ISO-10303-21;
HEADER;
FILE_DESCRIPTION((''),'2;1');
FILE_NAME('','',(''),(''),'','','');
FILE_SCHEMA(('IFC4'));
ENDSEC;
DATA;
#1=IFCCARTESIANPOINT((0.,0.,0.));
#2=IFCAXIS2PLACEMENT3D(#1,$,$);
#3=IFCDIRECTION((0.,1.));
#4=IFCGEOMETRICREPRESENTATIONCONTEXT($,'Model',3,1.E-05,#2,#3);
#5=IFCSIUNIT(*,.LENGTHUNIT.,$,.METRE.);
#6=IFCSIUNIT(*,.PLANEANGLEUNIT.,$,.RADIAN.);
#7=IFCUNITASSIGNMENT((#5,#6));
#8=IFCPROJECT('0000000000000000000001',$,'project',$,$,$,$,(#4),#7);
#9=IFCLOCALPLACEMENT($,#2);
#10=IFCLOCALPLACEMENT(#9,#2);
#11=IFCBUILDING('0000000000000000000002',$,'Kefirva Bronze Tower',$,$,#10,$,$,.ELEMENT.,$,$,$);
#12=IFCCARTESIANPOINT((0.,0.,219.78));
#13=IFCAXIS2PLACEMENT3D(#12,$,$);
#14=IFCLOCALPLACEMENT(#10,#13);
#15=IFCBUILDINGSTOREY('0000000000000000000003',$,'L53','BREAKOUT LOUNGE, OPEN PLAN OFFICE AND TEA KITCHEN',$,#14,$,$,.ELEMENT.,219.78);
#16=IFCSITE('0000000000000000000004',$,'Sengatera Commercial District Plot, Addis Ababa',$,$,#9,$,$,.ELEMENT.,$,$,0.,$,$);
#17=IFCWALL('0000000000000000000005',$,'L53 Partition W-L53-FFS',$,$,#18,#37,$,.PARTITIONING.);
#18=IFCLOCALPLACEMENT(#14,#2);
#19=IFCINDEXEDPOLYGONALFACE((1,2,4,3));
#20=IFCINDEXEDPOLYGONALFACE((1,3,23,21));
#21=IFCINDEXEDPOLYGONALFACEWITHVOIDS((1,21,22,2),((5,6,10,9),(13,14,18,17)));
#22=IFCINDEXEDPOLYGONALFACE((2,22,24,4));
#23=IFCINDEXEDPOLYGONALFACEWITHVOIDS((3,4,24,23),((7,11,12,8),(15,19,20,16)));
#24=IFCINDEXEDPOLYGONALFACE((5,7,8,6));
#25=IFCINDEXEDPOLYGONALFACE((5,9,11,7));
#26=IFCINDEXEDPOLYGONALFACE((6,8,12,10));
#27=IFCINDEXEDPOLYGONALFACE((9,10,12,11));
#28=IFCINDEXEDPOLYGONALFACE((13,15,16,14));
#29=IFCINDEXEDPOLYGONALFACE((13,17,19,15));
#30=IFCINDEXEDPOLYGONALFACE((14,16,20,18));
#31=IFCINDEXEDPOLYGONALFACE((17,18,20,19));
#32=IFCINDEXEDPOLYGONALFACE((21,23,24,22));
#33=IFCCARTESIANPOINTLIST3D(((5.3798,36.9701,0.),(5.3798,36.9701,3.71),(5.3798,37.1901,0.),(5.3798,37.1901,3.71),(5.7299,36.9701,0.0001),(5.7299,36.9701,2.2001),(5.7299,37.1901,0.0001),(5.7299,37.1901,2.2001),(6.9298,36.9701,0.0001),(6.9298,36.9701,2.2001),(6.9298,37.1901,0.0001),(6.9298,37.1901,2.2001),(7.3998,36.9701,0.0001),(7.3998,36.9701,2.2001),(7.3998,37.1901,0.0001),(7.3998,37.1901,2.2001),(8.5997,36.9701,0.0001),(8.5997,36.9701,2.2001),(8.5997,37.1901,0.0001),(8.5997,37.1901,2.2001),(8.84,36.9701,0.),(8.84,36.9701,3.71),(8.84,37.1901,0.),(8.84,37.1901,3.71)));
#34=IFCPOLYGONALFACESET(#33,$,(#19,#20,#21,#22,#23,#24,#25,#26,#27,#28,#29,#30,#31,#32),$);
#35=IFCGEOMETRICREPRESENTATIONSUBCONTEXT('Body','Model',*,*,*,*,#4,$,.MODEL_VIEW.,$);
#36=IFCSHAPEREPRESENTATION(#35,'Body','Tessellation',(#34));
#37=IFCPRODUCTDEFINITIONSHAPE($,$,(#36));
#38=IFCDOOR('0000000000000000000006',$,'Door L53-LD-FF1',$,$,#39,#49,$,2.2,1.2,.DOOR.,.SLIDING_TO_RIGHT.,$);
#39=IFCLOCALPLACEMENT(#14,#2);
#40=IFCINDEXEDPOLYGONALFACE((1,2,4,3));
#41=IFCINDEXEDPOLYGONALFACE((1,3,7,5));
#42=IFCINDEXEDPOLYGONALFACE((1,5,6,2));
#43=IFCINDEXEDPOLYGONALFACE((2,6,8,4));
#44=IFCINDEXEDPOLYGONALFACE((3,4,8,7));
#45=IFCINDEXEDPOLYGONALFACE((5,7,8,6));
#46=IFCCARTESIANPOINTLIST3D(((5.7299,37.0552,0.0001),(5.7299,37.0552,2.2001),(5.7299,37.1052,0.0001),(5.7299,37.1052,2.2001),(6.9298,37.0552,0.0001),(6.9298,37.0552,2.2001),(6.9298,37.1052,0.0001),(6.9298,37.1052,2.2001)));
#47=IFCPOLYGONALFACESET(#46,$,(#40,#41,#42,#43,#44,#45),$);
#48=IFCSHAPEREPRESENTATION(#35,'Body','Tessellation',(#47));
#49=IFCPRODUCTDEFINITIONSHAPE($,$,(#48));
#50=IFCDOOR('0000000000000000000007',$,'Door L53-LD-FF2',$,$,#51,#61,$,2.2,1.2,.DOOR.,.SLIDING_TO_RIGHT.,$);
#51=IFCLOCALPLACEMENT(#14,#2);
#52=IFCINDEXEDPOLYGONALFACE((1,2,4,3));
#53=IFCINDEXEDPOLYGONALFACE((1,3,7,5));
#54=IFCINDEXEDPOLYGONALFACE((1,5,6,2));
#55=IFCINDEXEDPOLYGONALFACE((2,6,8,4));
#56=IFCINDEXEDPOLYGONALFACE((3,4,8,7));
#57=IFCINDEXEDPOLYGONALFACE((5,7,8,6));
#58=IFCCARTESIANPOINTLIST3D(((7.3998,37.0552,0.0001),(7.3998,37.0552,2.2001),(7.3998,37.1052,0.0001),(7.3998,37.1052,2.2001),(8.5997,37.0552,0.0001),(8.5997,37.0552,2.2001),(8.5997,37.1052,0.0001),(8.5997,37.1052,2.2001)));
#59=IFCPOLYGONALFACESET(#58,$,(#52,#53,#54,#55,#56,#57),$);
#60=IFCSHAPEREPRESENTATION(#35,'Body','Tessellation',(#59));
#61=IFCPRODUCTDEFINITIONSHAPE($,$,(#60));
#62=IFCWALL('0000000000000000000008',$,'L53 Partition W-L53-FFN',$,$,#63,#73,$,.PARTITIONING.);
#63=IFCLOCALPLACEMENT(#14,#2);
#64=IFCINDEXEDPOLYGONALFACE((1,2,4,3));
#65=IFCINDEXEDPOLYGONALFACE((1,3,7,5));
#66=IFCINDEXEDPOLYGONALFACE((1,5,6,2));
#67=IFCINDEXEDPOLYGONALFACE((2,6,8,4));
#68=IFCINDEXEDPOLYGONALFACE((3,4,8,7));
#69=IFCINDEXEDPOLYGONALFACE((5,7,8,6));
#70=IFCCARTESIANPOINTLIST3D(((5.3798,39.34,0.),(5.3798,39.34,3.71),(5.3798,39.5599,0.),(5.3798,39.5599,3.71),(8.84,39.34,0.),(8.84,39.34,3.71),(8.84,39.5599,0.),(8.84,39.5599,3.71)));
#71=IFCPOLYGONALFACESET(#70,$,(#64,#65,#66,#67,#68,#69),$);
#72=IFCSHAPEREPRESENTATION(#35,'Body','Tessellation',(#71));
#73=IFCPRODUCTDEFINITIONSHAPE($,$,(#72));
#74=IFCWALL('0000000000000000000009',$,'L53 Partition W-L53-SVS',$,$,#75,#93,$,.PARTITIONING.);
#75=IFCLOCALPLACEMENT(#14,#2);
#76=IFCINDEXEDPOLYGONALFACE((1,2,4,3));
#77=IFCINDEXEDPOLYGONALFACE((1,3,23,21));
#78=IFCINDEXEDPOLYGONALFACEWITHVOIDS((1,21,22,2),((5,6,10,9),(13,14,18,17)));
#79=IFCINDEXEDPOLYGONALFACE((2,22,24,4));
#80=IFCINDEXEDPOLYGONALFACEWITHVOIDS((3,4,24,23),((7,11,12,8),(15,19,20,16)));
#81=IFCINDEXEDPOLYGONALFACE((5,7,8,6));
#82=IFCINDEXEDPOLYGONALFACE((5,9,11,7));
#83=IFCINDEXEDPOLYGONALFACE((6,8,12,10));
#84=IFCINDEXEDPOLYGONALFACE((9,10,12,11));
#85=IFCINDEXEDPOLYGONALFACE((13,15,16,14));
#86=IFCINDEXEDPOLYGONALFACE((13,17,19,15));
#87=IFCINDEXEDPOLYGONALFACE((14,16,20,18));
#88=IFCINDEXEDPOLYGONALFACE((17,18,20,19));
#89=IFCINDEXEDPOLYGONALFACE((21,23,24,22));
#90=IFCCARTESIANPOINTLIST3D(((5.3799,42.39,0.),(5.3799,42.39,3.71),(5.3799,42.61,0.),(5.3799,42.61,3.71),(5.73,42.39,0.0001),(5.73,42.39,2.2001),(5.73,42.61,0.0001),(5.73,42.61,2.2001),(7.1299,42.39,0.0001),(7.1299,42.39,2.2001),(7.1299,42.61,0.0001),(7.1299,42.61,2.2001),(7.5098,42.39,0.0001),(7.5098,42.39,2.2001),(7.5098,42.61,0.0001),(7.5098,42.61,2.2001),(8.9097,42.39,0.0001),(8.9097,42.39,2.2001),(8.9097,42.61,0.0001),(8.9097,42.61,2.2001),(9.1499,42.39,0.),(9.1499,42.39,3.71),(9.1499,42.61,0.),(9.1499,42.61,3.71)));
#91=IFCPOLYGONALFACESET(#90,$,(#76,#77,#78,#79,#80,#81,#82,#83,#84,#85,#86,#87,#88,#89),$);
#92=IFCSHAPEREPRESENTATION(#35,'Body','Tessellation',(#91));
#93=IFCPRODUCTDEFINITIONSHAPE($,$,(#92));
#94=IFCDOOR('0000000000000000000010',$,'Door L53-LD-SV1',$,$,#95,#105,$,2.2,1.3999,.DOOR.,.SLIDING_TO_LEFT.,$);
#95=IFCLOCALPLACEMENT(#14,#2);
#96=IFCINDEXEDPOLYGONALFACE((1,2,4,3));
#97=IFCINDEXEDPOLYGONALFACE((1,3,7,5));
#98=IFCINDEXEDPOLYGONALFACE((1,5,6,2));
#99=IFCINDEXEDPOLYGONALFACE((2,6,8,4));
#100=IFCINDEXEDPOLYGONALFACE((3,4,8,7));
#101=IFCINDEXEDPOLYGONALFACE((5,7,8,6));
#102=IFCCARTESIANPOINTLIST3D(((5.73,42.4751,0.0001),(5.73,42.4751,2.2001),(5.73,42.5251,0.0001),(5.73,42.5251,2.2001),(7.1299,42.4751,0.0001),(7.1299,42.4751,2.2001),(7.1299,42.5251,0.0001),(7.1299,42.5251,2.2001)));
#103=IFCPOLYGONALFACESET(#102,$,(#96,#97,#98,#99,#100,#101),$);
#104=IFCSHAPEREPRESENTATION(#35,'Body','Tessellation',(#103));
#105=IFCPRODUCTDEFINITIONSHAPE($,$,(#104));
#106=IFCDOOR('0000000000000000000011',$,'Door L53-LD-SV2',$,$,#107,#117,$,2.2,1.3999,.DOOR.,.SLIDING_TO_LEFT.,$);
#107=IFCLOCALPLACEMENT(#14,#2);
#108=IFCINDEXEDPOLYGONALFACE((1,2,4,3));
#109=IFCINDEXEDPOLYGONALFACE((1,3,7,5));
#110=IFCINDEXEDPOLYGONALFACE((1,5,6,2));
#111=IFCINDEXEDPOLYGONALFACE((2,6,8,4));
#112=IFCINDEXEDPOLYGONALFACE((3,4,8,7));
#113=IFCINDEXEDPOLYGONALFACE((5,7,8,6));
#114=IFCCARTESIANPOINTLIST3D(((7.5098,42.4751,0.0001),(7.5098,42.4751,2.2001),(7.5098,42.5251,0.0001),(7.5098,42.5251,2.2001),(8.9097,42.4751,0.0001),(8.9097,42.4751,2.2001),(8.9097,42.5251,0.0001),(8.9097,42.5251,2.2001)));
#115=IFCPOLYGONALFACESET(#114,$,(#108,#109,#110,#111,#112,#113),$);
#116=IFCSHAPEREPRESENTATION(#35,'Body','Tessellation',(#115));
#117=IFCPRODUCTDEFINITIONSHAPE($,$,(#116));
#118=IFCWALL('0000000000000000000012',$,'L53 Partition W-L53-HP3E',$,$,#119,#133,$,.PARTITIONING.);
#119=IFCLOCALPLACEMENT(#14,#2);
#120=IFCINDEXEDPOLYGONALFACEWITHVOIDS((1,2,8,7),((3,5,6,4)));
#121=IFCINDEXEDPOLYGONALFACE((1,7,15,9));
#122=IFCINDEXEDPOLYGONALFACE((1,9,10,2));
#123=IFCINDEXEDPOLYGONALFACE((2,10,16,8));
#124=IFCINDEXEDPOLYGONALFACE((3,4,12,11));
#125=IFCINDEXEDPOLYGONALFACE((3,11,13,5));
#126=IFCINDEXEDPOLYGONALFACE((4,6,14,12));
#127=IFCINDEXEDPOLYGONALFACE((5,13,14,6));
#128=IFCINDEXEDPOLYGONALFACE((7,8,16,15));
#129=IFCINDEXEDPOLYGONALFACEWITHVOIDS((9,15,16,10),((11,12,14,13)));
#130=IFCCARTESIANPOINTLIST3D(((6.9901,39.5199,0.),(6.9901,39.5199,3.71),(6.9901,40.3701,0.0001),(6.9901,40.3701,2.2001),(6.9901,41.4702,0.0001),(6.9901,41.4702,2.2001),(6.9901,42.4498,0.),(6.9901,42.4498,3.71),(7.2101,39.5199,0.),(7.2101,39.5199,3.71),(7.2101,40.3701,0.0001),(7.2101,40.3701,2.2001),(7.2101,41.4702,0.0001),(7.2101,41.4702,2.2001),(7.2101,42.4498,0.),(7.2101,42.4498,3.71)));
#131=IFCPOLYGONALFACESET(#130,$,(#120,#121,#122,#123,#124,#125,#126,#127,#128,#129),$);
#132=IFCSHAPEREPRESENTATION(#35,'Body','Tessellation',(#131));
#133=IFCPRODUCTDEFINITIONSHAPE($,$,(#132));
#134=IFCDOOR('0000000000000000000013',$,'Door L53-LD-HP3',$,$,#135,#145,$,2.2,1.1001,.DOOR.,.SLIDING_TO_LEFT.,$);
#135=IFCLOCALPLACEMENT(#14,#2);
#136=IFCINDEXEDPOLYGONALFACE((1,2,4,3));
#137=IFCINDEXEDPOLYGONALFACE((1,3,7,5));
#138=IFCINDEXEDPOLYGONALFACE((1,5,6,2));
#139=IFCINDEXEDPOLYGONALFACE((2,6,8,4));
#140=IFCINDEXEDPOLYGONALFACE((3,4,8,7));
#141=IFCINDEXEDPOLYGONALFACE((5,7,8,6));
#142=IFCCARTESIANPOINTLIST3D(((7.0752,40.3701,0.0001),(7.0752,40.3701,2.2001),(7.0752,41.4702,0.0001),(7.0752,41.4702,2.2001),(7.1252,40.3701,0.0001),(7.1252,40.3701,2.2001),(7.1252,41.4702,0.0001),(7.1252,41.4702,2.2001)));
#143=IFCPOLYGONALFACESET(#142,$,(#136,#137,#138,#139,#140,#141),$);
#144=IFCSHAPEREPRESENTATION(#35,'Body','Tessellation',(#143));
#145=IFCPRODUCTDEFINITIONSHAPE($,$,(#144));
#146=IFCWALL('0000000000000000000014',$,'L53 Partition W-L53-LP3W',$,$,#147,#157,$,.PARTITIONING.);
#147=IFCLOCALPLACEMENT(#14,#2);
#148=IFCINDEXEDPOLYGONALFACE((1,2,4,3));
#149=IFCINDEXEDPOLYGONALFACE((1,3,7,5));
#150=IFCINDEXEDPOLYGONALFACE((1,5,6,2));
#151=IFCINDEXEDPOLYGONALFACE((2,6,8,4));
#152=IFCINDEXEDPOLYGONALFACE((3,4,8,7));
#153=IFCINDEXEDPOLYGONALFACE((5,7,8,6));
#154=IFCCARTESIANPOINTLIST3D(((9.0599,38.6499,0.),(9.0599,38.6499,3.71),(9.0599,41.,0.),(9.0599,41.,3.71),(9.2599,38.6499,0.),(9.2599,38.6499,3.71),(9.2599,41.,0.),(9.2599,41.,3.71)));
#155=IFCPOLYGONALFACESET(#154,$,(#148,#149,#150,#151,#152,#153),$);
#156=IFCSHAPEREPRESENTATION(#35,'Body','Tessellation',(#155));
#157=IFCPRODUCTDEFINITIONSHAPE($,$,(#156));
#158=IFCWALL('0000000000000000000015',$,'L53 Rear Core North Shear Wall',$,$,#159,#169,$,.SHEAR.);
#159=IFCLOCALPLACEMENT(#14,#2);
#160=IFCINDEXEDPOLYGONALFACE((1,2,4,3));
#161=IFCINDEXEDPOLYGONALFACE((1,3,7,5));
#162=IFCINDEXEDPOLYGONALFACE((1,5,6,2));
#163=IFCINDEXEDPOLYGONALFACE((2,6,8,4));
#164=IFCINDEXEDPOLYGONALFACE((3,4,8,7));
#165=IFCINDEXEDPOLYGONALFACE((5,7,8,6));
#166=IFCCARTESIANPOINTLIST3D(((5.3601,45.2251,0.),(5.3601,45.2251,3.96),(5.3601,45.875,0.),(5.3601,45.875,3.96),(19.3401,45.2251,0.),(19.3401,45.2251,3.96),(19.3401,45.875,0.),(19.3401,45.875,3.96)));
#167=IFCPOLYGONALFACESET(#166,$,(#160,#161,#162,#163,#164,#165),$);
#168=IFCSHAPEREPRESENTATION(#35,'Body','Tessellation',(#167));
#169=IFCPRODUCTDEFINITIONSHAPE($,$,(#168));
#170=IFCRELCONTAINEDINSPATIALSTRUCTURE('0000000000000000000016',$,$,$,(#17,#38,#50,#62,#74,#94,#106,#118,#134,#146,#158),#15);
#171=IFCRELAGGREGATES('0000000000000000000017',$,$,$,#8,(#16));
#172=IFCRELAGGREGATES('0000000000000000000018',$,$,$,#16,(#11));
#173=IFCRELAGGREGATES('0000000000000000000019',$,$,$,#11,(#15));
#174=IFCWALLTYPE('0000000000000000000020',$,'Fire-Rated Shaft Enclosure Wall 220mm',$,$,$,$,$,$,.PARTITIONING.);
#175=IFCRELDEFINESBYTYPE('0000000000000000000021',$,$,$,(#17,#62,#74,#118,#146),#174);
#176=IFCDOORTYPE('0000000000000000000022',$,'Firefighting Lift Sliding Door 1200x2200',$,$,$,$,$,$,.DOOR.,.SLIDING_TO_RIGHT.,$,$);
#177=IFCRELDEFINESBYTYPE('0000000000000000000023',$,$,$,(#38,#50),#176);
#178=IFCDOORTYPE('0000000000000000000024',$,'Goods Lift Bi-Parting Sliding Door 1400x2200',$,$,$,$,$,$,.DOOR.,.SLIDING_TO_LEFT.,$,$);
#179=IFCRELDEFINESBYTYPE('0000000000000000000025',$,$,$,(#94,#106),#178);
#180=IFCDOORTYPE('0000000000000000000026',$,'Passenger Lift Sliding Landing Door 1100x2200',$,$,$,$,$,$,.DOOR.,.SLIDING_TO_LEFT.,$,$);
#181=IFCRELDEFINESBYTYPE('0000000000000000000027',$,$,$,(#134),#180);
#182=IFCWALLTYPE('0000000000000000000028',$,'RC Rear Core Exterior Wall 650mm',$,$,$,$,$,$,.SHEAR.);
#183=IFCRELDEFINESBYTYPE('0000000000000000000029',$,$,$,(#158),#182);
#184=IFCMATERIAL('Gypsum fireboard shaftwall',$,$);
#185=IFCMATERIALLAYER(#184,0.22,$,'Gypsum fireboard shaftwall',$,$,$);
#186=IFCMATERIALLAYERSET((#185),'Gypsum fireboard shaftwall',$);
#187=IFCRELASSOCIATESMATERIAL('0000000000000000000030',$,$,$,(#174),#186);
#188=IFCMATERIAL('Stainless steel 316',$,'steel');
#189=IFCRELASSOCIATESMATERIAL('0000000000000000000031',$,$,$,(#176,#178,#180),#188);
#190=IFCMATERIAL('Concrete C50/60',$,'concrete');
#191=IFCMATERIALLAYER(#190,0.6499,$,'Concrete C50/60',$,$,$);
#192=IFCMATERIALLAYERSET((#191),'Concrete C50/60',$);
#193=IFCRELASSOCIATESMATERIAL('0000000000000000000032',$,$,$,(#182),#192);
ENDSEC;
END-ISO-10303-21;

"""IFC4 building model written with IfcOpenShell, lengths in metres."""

from ifc_helpers import new_model, si_unit, direction, frame, frame_2d, origin, place, context, subcontext, project, spatial, rectangle, extrude, material, layer, layer_set, type_object, element, fill, save


model = new_model("IFC4")

# Units and contexts
model_context = context("Model", 3, precision=1e-05, world=origin(), true_north=direction((0.0, 1.0)))
body_context = subcontext(model_context, "Body", "Model", "MODEL_VIEW")
ifc_project = project(units=[si_unit("LENGTHUNIT", "METRE"), si_unit("PLANEANGLEUNIT", "RADIAN")], contexts=[model_context])

# Site, building, storey
site_placement = place(None, origin())
site = spatial("IfcSite", under=ifc_project, at=site_placement, Name="Sengatera Commercial District Plot, Addis Ababa", CompositionType="ELEMENT", RefElevation=0.0)
building_placement = place(site_placement, origin())
building = spatial("IfcBuilding", under=site, at=building_placement, Name="Kefirva Bronze Tower", CompositionType="ELEMENT")
storey_placement = place(building_placement, frame((0.0, 0.0, 219.78)))
storey = spatial("IfcBuildingStorey", under=building, at=storey_placement, Name="L53", Description="BREAKOUT LOUNGE, OPEN PLAN OFFICE AND TEA KITCHEN", CompositionType="ELEMENT", Elevation=219.78)

# Wall, openings, doors
ifc_material_1 = material(Name="Gypsum fireboard shaftwall")
ifc_layer_1 = layer(ifc_material_1, 0.22, Name="Gypsum fireboard shaftwall")
ifc_layer_set_1 = layer_set([ifc_layer_1], Name="Gypsum fireboard shaftwall")
wall_type_1 = type_object("IfcWallType", Name="Fire-Rated Shaft Enclosure Wall 220mm", PredefinedType="PARTITIONING", material=ifc_layer_set_1)
wall_1_placement = place(storey_placement, frame((5.3799, 37.0801, 0.0), z_axis=(0.0, 0.0, 1.0), x_axis=(1.0, 0.0, 0.0)))
wall_1 = element("IfcWall", 1, at=wall_1_placement, inside=storey, type_object=wall_type_1, Name="L53 Partition W-L53-FFS", PredefinedType="PARTITIONING", context=body_context, shape_type="SweptSolid", body=[
    extrude(rectangle(XDim=3.4602, YDim=0.22, at=frame_2d((1.73, 0.0))), origin(), (0.0, 0.0, 1.0), 3.71),
])
opening_1_placement = place(wall_1_placement, frame((1.55, 0.0, 0.0), z_axis=(0.0, 0.0, 1.0), x_axis=(-1.0, 0.0, 0.0)))
opening_1 = element("IfcOpeningElement", 2, at=opening_1_placement, cuts=wall_1, PredefinedType="OPENING", context=body_context, shape_type="SweptSolid", body=[
    extrude(rectangle(XDim=1.2, YDim=2.2, at=frame_2d((0.6001, 1.1001))), frame((0.0, 0.1201, 0.0), z_axis=(0.0, -1.0, 0.0), x_axis=(1.0, 0.0, 0.0)), (0.0, 0.0, 1.0), 0.24),
])
opening_2_placement = place(wall_1_placement, frame((3.22, 0.0, 0.0), z_axis=(0.0, 0.0, 1.0), x_axis=(-1.0, 0.0, 0.0)))
opening_2 = element("IfcOpeningElement", 3, at=opening_2_placement, cuts=wall_1, PredefinedType="OPENING", context=body_context, shape_type="SweptSolid", body=[
    extrude(rectangle(XDim=1.2, YDim=2.2, at=frame_2d((0.6001, 1.1001))), frame((0.0, 0.1201, 0.0), z_axis=(0.0, -1.0, 0.0), x_axis=(1.0, 0.0, 0.0)), (0.0, 0.0, 1.0), 0.24),
])
ifc_material_2 = material(Name="Stainless steel 316", Category="steel")
door_type_1 = type_object("IfcDoorType", Name="Firefighting Lift Sliding Door 1200x2200", OperationType="SLIDING_TO_RIGHT", PredefinedType="DOOR", material=ifc_material_2)
door_1_placement = place(opening_1_placement, origin())
door_1 = element("IfcDoor", 4, at=door_1_placement, inside=storey, type_object=door_type_1, Name="Door L53-LD-FF1", OperationType="SLIDING_TO_RIGHT", OverallHeight=2.2, OverallWidth=1.2, PredefinedType="DOOR", context=body_context, shape_type="SweptSolid", body=[
    extrude(rectangle(XDim=1.2, YDim=2.2, at=frame_2d((0.6001, 1.1001))), frame((0.0, 0.0249, 0.0), z_axis=(0.0, -1.0, 0.0), x_axis=(1.0, 0.0, 0.0)), (0.0, 0.0, 1.0), 0.05),
])
fill(opening_1, door_1)
door_2_placement = place(opening_2_placement, origin())
door_2 = element("IfcDoor", 5, at=door_2_placement, inside=storey, type_object=door_type_1, Name="Door L53-LD-FF2", OperationType="SLIDING_TO_RIGHT", OverallHeight=2.2, OverallWidth=1.2, PredefinedType="DOOR", context=body_context, shape_type="SweptSolid", body=[
    extrude(rectangle(XDim=1.2, YDim=2.2, at=frame_2d((0.6001, 1.1001))), frame((0.0, 0.0249, 0.0), z_axis=(0.0, -1.0, 0.0), x_axis=(1.0, 0.0, 0.0)), (0.0, 0.0, 1.0), 0.05),
])
fill(opening_2, door_2)

# Wall
wall_2_placement = place(storey_placement, frame((5.3799, 39.45, 0.0), z_axis=(0.0, 0.0, 1.0), x_axis=(1.0, 0.0, 0.0)))
element("IfcWall", 6, at=wall_2_placement, inside=storey, type_object=wall_type_1, Name="L53 Partition W-L53-FFN", PredefinedType="PARTITIONING", context=body_context, shape_type="SweptSolid", body=[
    extrude(rectangle(XDim=3.4602, YDim=0.22, at=frame_2d((1.73, 0.0))), origin(), (0.0, 0.0, 1.0), 3.71),
])

# Wall, openings, doors
wall_3_placement = place(storey_placement, frame((5.3799, 42.5, 0.0), z_axis=(0.0, 0.0, 1.0), x_axis=(1.0, 0.0, 0.0)))
wall_3 = element("IfcWall", 7, at=wall_3_placement, inside=storey, type_object=wall_type_1, Name="L53 Partition W-L53-SVS", PredefinedType="PARTITIONING", context=body_context, shape_type="SweptSolid", body=[
    extrude(rectangle(XDim=3.77, YDim=0.22, at=frame_2d((1.885, 0.0))), origin(), (0.0, 0.0, 1.0), 3.71),
])
opening_3_placement = place(wall_3_placement, frame((1.75, 0.0, 0.0), z_axis=(0.0, 0.0, 1.0), x_axis=(-1.0, 0.0, 0.0)))
opening_3 = element("IfcOpeningElement", 8, at=opening_3_placement, cuts=wall_3, PredefinedType="OPENING", context=body_context, shape_type="SweptSolid", body=[
    extrude(rectangle(XDim=1.3999, YDim=2.2, at=frame_2d((0.7, 1.1001))), frame((0.0, 0.1201, 0.0), z_axis=(0.0, -1.0, 0.0), x_axis=(1.0, 0.0, 0.0)), (0.0, 0.0, 1.0), 0.24),
])
opening_4_placement = place(wall_3_placement, frame((3.5298, 0.0, 0.0), z_axis=(0.0, 0.0, 1.0), x_axis=(-1.0, 0.0, 0.0)))
opening_4 = element("IfcOpeningElement", 9, at=opening_4_placement, cuts=wall_3, PredefinedType="OPENING", context=body_context, shape_type="SweptSolid", body=[
    extrude(rectangle(XDim=1.3999, YDim=2.2, at=frame_2d((0.7, 1.1001))), frame((0.0, 0.1201, 0.0), z_axis=(0.0, -1.0, 0.0), x_axis=(1.0, 0.0, 0.0)), (0.0, 0.0, 1.0), 0.24),
])
door_type_2 = type_object("IfcDoorType", Name="Goods Lift Bi-Parting Sliding Door 1400x2200", OperationType="SLIDING_TO_LEFT", PredefinedType="DOOR", material=ifc_material_2)
door_3_placement = place(opening_3_placement, origin())
door_3 = element("IfcDoor", 10, at=door_3_placement, inside=storey, type_object=door_type_2, Name="Door L53-LD-SV1", OperationType="SLIDING_TO_LEFT", OverallHeight=2.2, OverallWidth=1.3999, PredefinedType="DOOR", context=body_context, shape_type="SweptSolid", body=[
    extrude(rectangle(XDim=1.3999, YDim=2.2, at=frame_2d((0.7, 1.1001))), frame((0.0, 0.0249, 0.0), z_axis=(0.0, -1.0, 0.0), x_axis=(1.0, 0.0, 0.0)), (0.0, 0.0, 1.0), 0.05),
])
fill(opening_3, door_3)
door_4_placement = place(opening_4_placement, origin())
door_4 = element("IfcDoor", 11, at=door_4_placement, inside=storey, type_object=door_type_2, Name="Door L53-LD-SV2", OperationType="SLIDING_TO_LEFT", OverallHeight=2.2, OverallWidth=1.3999, PredefinedType="DOOR", context=body_context, shape_type="SweptSolid", body=[
    extrude(rectangle(XDim=1.3999, YDim=2.2, at=frame_2d((0.7, 1.1001))), frame((0.0, 0.0249, 0.0), z_axis=(0.0, -1.0, 0.0), x_axis=(1.0, 0.0, 0.0)), (0.0, 0.0, 1.0), 0.05),
])
fill(opening_4, door_4)

# Wall, opening, door
wall_4_placement = place(storey_placement, frame((7.1001, 39.52, 0.0), z_axis=(0.0, 0.0, 1.0), x_axis=(0.0, 1.0, 0.0)))
wall_4 = element("IfcWall", 12, at=wall_4_placement, inside=storey, type_object=wall_type_1, Name="L53 Partition W-L53-HP3E", PredefinedType="PARTITIONING", context=body_context, shape_type="SweptSolid", body=[
    extrude(rectangle(XDim=2.9299, YDim=0.22, at=frame_2d((1.4648, 0.0))), origin(), (0.0, 0.0, 1.0), 3.71),
])
opening_5_placement = place(wall_4_placement, frame((0.8501, 0.0, 0.0)))
opening_5 = element("IfcOpeningElement", 13, at=opening_5_placement, cuts=wall_4, PredefinedType="OPENING", context=body_context, shape_type="SweptSolid", body=[
    extrude(rectangle(XDim=1.1001, YDim=2.2, at=frame_2d((0.55, 1.1001))), frame((0.0, 0.1201, 0.0), z_axis=(0.0, -1.0, 0.0), x_axis=(1.0, 0.0, 0.0)), (0.0, 0.0, 1.0), 0.24),
])
door_type_3 = type_object("IfcDoorType", Name="Passenger Lift Sliding Landing Door 1100x2200", OperationType="SLIDING_TO_LEFT", PredefinedType="DOOR", material=ifc_material_2)
door_5_placement = place(opening_5_placement, origin())
door_5 = element("IfcDoor", 14, at=door_5_placement, inside=storey, type_object=door_type_3, Name="Door L53-LD-HP3", OperationType="SLIDING_TO_LEFT", OverallHeight=2.2, OverallWidth=1.1001, PredefinedType="DOOR", context=body_context, shape_type="SweptSolid", body=[
    extrude(rectangle(XDim=1.1001, YDim=2.2, at=frame_2d((0.55, 1.1001))), frame((0.0, 0.0249, 0.0), z_axis=(0.0, -1.0, 0.0), x_axis=(1.0, 0.0, 0.0)), (0.0, 0.0, 1.0), 0.05),
])
fill(opening_5, door_5)

# Walls
wall_5_placement = place(storey_placement, frame((9.1599, 38.6499, 0.0), z_axis=(0.0, 0.0, 1.0), x_axis=(0.0, 1.0, 0.0)))
element("IfcWall", 15, at=wall_5_placement, inside=storey, type_object=wall_type_1, Name="L53 Partition W-L53-LP3W", PredefinedType="PARTITIONING", context=body_context, shape_type="SweptSolid", body=[
    extrude(rectangle(XDim=2.3501, YDim=0.2, at=frame_2d((1.175, 0.0))), origin(), (0.0, 0.0, 1.0), 3.71),
])
ifc_material_3 = material(Name="Concrete C50/60", Category="concrete")
ifc_layer_2 = layer(ifc_material_3, 0.6499, Name="Concrete C50/60")
ifc_layer_set_2 = layer_set([ifc_layer_2], Name="Concrete C50/60")
wall_type_2 = type_object("IfcWallType", Name="RC Rear Core Exterior Wall 650mm", PredefinedType="SHEAR", material=ifc_layer_set_2)
wall_6_placement = place(storey_placement, frame((5.3601, 45.55, 0.0), z_axis=(0.0, 0.0, 1.0), x_axis=(1.0, 0.0, 0.0)))
element("IfcWall", 16, at=wall_6_placement, inside=storey, type_object=wall_type_2, Name="L53 Rear Core North Shear Wall", PredefinedType="SHEAR", context=body_context, shape_type="SweptSolid", body=[
    extrude(rectangle(XDim=13.98, YDim=0.6499, at=frame_2d((6.99, 0.0))), origin(), (0.0, 0.0, 1.0), 3.96),
])

save(model, "model.ifc")
